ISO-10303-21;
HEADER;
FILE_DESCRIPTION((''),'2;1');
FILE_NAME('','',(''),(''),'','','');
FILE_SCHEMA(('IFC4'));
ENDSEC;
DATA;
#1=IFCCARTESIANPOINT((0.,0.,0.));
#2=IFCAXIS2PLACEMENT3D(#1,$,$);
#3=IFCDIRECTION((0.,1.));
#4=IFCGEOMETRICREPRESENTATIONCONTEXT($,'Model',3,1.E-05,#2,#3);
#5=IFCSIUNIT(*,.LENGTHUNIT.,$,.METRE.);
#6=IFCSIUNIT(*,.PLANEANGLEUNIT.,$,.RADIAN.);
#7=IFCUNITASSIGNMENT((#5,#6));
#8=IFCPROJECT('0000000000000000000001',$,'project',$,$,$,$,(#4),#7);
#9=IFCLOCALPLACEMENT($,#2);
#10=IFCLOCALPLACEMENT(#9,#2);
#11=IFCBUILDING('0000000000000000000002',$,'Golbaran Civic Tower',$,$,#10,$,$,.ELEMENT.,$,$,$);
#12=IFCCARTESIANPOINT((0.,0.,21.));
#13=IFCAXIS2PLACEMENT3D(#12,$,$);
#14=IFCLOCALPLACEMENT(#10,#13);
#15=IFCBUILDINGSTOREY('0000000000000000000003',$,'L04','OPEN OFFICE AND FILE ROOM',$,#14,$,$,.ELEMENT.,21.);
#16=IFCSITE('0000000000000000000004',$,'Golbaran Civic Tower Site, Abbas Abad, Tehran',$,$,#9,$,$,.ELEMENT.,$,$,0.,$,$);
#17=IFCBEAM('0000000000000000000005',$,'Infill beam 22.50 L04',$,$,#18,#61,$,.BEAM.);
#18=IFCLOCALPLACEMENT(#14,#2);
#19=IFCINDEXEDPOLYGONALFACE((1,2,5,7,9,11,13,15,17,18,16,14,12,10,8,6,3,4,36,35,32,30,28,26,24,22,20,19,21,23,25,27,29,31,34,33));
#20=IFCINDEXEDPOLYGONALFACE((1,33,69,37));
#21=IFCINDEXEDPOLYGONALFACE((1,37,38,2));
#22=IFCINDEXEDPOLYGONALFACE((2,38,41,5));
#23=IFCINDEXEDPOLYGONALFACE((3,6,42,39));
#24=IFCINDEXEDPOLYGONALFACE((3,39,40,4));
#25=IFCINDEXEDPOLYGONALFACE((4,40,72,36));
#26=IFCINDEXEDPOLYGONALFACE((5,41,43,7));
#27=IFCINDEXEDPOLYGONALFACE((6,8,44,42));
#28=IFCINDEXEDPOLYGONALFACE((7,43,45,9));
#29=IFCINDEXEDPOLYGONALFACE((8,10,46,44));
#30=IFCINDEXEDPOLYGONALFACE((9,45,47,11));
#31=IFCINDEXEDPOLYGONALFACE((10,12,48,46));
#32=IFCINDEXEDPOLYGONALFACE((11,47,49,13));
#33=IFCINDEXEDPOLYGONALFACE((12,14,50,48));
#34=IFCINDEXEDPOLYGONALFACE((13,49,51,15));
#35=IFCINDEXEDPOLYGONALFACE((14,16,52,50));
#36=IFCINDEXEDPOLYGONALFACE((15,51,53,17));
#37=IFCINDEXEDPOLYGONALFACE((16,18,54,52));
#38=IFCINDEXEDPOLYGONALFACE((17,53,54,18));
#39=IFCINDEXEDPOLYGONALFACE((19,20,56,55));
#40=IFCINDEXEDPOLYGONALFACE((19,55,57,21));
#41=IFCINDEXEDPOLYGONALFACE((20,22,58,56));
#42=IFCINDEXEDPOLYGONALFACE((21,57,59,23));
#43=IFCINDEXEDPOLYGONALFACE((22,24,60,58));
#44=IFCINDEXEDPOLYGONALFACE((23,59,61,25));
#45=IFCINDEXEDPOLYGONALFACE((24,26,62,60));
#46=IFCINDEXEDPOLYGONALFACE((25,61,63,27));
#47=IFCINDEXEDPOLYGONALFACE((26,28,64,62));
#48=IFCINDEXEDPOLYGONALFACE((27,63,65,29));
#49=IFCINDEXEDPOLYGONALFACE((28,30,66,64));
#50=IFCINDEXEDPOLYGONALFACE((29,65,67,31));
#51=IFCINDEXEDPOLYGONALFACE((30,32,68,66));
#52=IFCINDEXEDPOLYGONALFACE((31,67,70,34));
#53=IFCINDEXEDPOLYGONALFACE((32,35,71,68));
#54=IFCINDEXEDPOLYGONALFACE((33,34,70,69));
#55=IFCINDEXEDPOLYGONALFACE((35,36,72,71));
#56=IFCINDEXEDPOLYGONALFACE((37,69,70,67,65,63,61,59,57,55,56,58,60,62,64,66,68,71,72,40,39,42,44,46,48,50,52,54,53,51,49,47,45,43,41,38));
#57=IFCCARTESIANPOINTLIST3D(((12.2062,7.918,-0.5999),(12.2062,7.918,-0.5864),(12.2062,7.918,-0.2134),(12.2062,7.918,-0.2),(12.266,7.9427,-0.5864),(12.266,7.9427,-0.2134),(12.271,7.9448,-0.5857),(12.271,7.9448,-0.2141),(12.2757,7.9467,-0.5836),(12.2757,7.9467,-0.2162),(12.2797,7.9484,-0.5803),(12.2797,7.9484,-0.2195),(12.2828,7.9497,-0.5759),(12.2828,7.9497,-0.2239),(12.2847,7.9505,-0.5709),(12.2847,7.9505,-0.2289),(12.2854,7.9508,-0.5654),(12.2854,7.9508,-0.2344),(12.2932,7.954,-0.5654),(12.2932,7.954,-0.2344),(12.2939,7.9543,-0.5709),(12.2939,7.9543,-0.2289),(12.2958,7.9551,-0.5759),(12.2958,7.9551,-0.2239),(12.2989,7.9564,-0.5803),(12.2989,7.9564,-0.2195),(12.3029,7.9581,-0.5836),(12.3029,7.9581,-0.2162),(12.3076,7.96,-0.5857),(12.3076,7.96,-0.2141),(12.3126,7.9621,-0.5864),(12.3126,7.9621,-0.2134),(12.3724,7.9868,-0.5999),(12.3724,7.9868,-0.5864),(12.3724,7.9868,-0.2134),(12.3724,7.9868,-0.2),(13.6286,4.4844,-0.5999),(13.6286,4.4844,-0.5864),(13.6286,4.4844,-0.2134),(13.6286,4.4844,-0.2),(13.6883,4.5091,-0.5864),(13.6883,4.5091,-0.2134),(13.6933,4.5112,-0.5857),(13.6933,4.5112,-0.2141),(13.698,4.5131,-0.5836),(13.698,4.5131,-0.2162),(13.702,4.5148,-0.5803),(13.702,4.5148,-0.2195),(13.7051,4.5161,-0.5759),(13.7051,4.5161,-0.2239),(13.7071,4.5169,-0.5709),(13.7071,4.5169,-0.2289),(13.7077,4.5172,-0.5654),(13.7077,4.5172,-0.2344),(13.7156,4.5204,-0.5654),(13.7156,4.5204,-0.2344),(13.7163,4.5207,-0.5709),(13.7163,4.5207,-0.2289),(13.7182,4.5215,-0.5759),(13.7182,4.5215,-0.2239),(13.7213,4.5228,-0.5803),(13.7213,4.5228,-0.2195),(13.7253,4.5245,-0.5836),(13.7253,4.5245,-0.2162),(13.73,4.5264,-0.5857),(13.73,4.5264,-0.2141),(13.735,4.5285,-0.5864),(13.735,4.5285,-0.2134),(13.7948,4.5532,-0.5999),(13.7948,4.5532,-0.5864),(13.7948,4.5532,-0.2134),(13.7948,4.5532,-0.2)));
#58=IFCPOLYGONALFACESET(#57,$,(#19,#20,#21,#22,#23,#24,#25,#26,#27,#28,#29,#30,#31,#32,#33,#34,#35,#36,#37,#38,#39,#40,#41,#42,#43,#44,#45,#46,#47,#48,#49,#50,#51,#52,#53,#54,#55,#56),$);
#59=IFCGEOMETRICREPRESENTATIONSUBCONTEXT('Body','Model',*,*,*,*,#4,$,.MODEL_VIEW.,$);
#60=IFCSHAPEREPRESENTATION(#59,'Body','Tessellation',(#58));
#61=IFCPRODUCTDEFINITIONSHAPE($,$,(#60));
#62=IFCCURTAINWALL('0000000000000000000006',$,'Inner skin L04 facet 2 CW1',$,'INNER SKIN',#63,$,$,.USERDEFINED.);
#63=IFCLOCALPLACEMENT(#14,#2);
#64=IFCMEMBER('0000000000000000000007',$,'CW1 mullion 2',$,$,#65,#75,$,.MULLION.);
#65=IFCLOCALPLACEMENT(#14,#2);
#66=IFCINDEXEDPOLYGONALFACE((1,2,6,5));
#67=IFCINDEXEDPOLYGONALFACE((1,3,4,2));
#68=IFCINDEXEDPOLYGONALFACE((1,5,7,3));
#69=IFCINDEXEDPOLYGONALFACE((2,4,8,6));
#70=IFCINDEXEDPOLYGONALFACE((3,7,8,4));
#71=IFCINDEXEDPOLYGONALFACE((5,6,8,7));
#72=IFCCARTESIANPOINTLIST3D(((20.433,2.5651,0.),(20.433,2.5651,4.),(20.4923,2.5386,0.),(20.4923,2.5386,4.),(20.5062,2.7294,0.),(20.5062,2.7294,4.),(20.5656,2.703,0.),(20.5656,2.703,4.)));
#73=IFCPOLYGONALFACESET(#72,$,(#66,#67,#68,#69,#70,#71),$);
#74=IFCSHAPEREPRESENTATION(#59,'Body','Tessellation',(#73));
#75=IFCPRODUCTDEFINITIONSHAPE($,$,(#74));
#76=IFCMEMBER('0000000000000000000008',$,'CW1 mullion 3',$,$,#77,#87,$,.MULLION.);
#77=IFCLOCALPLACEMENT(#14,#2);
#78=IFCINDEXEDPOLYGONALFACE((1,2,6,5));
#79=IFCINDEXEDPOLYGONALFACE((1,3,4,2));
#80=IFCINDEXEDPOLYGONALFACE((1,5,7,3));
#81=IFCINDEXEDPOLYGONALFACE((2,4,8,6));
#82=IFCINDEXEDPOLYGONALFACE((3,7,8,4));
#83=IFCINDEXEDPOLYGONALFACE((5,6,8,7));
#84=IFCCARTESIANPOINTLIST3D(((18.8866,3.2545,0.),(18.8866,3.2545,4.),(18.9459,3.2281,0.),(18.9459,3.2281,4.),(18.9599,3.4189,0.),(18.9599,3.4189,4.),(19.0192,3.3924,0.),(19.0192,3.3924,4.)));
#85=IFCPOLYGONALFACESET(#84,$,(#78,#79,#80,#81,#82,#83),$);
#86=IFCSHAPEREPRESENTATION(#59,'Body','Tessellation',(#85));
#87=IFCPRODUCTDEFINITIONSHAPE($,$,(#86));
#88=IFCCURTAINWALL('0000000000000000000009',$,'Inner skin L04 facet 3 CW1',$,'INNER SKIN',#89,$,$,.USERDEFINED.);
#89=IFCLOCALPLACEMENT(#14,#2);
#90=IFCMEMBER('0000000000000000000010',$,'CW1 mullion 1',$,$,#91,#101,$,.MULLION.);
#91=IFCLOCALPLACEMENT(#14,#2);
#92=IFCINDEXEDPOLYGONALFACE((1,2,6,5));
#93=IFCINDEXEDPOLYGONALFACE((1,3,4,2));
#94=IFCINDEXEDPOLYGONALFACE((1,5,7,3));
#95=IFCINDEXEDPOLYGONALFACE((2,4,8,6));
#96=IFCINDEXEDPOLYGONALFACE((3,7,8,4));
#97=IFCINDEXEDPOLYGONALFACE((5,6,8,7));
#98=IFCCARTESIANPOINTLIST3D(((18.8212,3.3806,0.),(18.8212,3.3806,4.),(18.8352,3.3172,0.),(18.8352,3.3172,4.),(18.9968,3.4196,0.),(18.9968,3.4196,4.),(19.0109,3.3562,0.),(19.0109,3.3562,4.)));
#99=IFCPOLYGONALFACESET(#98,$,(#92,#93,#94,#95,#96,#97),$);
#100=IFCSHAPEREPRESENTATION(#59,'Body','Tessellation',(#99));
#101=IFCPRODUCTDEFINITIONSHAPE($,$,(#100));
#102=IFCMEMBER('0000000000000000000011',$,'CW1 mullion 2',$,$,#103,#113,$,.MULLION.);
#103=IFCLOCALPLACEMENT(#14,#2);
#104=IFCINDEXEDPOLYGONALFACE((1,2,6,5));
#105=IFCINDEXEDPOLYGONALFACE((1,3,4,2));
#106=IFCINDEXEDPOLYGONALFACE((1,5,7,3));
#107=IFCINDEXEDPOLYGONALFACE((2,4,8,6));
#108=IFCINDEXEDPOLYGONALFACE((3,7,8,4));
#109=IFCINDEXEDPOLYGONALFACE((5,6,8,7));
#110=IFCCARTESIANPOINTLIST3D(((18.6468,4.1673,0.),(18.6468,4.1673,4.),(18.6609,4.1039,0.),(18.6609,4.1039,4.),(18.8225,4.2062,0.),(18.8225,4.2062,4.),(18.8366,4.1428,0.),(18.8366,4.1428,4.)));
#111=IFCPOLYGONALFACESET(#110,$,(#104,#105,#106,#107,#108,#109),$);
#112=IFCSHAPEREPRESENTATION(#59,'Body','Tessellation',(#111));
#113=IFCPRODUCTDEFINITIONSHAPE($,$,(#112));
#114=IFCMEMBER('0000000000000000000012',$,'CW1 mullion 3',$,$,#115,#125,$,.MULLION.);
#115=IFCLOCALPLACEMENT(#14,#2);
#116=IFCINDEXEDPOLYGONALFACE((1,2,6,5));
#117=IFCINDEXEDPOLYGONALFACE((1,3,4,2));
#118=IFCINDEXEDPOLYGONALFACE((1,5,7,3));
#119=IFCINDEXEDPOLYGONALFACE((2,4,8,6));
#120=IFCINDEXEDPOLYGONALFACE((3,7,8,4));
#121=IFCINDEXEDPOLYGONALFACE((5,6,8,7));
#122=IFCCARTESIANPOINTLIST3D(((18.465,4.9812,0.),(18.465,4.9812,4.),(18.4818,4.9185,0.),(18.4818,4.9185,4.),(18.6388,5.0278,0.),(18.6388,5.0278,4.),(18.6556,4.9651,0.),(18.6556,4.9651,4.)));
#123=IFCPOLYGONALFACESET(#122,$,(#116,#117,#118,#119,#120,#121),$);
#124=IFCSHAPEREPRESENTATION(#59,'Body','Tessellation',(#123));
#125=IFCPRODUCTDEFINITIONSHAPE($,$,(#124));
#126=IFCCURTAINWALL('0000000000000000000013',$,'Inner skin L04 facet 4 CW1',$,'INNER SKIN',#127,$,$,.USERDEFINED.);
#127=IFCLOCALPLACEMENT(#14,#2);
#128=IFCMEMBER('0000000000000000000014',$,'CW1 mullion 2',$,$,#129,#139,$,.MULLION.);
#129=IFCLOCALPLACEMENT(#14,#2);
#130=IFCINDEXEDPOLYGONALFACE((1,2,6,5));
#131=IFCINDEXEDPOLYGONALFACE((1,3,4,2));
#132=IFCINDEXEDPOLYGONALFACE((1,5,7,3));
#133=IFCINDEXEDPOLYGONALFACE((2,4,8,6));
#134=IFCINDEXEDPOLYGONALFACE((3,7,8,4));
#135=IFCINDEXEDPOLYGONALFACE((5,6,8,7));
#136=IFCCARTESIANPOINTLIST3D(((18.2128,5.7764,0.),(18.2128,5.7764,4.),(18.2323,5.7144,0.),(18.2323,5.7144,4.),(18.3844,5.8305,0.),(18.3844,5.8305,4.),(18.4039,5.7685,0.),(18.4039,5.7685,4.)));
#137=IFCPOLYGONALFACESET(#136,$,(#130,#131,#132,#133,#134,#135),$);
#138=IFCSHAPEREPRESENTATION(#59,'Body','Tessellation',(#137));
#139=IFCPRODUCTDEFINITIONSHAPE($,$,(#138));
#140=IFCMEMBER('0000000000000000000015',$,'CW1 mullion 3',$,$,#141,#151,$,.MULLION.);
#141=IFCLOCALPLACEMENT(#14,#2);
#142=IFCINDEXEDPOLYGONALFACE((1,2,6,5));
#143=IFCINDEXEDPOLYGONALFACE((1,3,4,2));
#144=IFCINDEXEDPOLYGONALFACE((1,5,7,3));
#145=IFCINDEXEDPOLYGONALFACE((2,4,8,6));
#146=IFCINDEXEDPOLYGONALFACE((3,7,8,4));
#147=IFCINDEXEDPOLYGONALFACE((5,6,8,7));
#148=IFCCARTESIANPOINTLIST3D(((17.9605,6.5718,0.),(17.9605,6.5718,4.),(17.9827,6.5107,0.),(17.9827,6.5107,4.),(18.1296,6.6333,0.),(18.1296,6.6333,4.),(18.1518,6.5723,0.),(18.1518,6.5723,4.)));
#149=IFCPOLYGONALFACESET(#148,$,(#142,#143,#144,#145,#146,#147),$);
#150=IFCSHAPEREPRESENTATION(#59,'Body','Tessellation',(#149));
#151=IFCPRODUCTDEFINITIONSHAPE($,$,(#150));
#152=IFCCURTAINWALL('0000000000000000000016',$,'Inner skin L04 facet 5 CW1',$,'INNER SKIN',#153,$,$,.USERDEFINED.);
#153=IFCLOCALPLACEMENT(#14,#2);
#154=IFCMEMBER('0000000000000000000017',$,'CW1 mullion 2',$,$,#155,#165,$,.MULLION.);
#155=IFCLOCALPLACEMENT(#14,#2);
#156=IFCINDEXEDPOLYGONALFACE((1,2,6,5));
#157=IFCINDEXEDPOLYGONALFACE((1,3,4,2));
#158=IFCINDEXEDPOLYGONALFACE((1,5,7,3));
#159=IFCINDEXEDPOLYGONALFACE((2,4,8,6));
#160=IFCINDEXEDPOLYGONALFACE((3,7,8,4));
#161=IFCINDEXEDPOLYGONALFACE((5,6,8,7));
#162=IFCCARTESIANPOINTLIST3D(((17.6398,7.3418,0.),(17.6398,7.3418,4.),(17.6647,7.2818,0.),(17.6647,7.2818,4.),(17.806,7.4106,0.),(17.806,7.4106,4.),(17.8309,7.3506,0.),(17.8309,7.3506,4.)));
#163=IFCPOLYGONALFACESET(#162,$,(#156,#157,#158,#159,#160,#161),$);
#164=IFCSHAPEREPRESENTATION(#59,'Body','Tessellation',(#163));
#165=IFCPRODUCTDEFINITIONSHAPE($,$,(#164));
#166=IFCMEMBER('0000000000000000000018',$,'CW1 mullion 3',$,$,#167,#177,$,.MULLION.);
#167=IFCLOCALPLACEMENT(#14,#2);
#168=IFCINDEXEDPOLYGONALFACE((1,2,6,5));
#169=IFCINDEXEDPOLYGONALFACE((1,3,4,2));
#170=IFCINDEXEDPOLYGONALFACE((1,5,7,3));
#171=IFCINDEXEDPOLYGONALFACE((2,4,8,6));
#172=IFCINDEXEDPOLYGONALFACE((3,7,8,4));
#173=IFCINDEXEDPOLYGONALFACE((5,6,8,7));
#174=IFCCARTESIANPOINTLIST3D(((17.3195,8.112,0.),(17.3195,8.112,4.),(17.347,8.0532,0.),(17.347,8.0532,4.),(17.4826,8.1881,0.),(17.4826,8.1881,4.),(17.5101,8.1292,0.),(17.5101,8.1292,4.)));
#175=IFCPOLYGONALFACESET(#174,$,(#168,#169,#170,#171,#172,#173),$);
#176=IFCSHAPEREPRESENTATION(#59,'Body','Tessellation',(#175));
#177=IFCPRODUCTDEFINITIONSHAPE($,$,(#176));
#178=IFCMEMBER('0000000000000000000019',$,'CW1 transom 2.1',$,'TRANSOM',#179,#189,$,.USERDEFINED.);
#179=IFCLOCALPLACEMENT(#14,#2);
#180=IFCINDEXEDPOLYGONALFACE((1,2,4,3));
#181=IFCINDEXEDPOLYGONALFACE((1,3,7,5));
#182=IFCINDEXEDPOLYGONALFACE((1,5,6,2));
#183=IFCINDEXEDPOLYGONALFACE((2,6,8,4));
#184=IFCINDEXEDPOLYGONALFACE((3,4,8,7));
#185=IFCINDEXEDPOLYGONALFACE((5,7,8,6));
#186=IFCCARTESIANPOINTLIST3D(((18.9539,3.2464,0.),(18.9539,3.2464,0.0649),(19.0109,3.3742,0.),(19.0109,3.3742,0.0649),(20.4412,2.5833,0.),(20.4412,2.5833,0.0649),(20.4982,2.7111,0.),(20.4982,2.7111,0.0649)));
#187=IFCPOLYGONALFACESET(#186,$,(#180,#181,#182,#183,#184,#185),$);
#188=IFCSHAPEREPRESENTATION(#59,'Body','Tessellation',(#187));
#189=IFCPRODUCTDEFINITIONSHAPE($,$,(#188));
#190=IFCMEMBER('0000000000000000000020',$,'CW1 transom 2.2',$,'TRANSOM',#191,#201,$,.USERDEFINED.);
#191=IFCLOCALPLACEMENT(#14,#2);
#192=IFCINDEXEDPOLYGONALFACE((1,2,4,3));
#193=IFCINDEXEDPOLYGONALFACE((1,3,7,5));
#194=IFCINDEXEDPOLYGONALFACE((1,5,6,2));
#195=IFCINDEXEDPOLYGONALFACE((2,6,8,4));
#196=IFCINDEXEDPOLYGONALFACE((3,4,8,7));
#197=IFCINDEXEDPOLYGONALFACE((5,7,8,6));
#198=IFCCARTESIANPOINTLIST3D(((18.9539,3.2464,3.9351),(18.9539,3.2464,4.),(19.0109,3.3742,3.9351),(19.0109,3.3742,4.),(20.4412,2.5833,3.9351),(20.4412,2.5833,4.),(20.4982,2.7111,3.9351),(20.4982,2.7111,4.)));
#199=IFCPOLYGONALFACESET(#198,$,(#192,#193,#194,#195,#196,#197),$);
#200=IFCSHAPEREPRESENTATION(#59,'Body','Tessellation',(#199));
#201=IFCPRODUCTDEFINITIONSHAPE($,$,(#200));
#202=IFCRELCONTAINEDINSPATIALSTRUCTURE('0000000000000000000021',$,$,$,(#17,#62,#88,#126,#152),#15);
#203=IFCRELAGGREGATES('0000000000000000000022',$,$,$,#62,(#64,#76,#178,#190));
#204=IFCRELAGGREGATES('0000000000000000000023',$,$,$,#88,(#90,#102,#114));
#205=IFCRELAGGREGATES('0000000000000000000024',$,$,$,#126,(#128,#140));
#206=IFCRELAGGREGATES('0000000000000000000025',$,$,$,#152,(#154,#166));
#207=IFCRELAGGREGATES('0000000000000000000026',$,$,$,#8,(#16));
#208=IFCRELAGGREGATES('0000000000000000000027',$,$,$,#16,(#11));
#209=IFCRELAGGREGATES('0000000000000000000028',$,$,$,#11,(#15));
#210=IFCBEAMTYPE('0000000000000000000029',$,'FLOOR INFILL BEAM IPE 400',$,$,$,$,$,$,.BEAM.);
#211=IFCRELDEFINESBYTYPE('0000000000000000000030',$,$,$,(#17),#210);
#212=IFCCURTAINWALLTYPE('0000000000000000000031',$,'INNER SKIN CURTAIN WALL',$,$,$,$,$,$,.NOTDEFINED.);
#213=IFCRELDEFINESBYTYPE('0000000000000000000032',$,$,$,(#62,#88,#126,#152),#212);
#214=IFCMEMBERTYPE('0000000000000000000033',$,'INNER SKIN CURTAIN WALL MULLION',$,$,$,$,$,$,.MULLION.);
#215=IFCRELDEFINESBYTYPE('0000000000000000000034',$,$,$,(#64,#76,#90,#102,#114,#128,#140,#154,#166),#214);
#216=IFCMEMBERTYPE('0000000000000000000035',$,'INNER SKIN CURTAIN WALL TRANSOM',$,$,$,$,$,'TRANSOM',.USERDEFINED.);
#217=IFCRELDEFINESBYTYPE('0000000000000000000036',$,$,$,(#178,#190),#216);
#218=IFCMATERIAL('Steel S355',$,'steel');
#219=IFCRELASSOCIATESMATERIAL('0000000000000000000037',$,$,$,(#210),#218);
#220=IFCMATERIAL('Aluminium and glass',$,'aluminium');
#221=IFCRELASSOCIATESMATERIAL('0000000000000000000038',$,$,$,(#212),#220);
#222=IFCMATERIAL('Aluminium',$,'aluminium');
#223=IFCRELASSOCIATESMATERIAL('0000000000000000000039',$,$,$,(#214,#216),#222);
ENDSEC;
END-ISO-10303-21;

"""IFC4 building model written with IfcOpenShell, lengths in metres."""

from ifc_helpers import new_model, si_unit, direction, frame, origin, origin_2d, place, context, subcontext, project, spatial, rectangle, i_section, extrude, material, material_profile, profile_set, type_object, element, aggregate, save


model = new_model("IFC4")

# Units and contexts
model_context = context("Model", 3, precision=1e-05, world=origin(), true_north=direction((0.0, 1.0)))
body_context = subcontext(model_context, "Body", "Model", "MODEL_VIEW")
ifc_project = project(units=[si_unit("LENGTHUNIT", "METRE"), si_unit("PLANEANGLEUNIT", "RADIAN")], contexts=[model_context])

# Site, building, storey
site_placement = place(None, origin())
site = spatial("IfcSite", under=ifc_project, at=site_placement, Name="Golbaran Civic Tower Site, Abbas Abad, Tehran", CompositionType="ELEMENT", RefElevation=0.0)
building_placement = place(site_placement, origin())
building = spatial("IfcBuilding", under=site, at=building_placement, Name="Golbaran Civic Tower", CompositionType="ELEMENT")
storey_placement = place(building_placement, frame((0.0, 0.0, 21.0)))
storey = spatial("IfcBuildingStorey", under=building, at=storey_placement, Name="L04", Description="OPEN OFFICE AND FILE ROOM", CompositionType="ELEMENT", Elevation=21.0)

# Beam
ifc_material_1 = material(Name="Steel S355", Category="steel")
ifc_material_profile_1 = material_profile(ifc_material_1, i_section(OverallWidth=0.1799, OverallDepth=0.3999, WebThickness=0.0085, FlangeThickness=0.0134, FilletRadius=0.021, at=origin_2d()), Name="IPE 400")
ifc_profile_set_1 = profile_set([ifc_material_profile_1], Name="Steel S355")
beam_type = type_object("IfcBeamType", Name="FLOOR INFILL BEAM IPE 400", PredefinedType="BEAM", material=ifc_profile_set_1)
beam_placement = place(storey_placement, frame((13.7117, 4.5188, -0.3999), z_axis=(-0.382711, 0.923868, 0.0), x_axis=(-0.923868, -0.382711, 0.0)))
element("IfcBeam", 1, at=beam_placement, inside=storey, type_object=beam_type, Name="Infill beam 22.50 L04", PredefinedType="BEAM", context=body_context, shape_type="SweptSolid", body=[
    extrude(i_section(OverallWidth=0.1799, OverallDepth=0.3999, WebThickness=0.0085, FlangeThickness=0.0134, FilletRadius=0.021, at=origin_2d()), origin(), (0.0, 0.0, 1.0), 3.7166),
])

# Curtain walls, members
ifc_material_2 = material(Name="Aluminium and glass", Category="aluminium")
curtain_wall_type = type_object("IfcCurtainWallType", Name="INNER SKIN CURTAIN WALL", PredefinedType="NOTDEFINED", material=ifc_material_2)
curtain_wall_1_placement = place(storey_placement, origin())
curtain_wall_1 = element("IfcCurtainWall", 2, at=curtain_wall_1_placement, inside=storey, type_object=curtain_wall_type, Name="Inner skin L04 facet 2 CW1", ObjectType="INNER SKIN", PredefinedType="USERDEFINED")
ifc_material_3 = material(Name="Aluminium", Category="aluminium")
ifc_material_profile_2 = material_profile(ifc_material_3, rectangle(XDim=0.1799, YDim=0.0649, at=origin_2d()), Name="INNER SKIN CURTAIN WALL MULLION")
ifc_profile_set_2 = profile_set([ifc_material_profile_2], Name="Aluminium")
member_type_1 = type_object("IfcMemberType", Name="INNER SKIN CURTAIN WALL MULLION", PredefinedType="MULLION", material=ifc_profile_set_2)
member_1_placement = place(storey_placement, frame((20.4993, 2.634, 0.0), z_axis=(0.0, 0.0, 1.0), x_axis=(-0.407136, -0.913367, 0.0)))
member_1 = element("IfcMember", 3, at=member_1_placement, type_object=member_type_1, Name="CW1 mullion 2", PredefinedType="MULLION", context=body_context, shape_type="SweptSolid", body=[
    extrude(rectangle(XDim=0.1799, YDim=0.0649, at=origin_2d()), origin(), (0.0, 0.0, 1.0), 4.0),
])
member_2_placement = place(storey_placement, frame((18.9529, 3.3235, 0.0), z_axis=(0.0, 0.0, 1.0), x_axis=(-0.407136, -0.913367, 0.0)))
member_2 = element("IfcMember", 4, at=member_2_placement, type_object=member_type_1, Name="CW1 mullion 3", PredefinedType="MULLION", context=body_context, shape_type="SweptSolid", body=[
    extrude(rectangle(XDim=0.1799, YDim=0.0649, at=origin_2d()), origin(), (0.0, 0.0, 1.0), 4.0),
])
curtain_wall_2_placement = place(storey_placement, origin())
curtain_wall_2 = element("IfcCurtainWall", 5, at=curtain_wall_2_placement, inside=storey, type_object=curtain_wall_type, Name="Inner skin L04 facet 3 CW1", ObjectType="INNER SKIN", PredefinedType="USERDEFINED")
member_3_placement = place(storey_placement, frame((18.916, 3.3684, 0.0), z_axis=(0.0, 0.0, 1.0), x_axis=(-0.976296, -0.21644, 0.0)))
member_3 = element("IfcMember", 6, at=member_3_placement, type_object=member_type_1, Name="CW1 mullion 1", PredefinedType="MULLION", context=body_context, shape_type="SweptSolid", body=[
    extrude(rectangle(XDim=0.1799, YDim=0.0649, at=origin_2d()), origin(), (0.0, 0.0, 1.0), 4.0),
])
member_4_placement = place(storey_placement, frame((18.7417, 4.155, 0.0), z_axis=(0.0, 0.0, 1.0), x_axis=(-0.976296, -0.21644, 0.0)))
member_4 = element("IfcMember", 7, at=member_4_placement, type_object=member_type_1, Name="CW1 mullion 2", PredefinedType="MULLION", context=body_context, shape_type="SweptSolid", body=[
    extrude(rectangle(XDim=0.1799, YDim=0.0649, at=origin_2d()), origin(), (0.0, 0.0, 1.0), 4.0),
])
member_5_placement = place(storey_placement, frame((18.5603, 4.9731, 0.0), z_axis=(0.0, 0.0, 1.0), x_axis=(-0.965926, -0.258819, 0.0)))
member_5 = element("IfcMember", 8, at=member_5_placement, type_object=member_type_1, Name="CW1 mullion 3", PredefinedType="MULLION", context=body_context, shape_type="SweptSolid", body=[
    extrude(rectangle(XDim=0.1799, YDim=0.0649, at=origin_2d()), origin(), (0.0, 0.0, 1.0), 4.0),
])
curtain_wall_3_placement = place(storey_placement, origin())
curtain_wall_3 = element("IfcCurtainWall", 9, at=curtain_wall_3_placement, inside=storey, type_object=curtain_wall_type, Name="Inner skin L04 facet 4 CW1", ObjectType="INNER SKIN", PredefinedType="USERDEFINED")
member_6_placement = place(storey_placement, frame((18.3083, 5.7725, 0.0), z_axis=(0.0, 0.0, 1.0), x_axis=(-0.953717, -0.300706, 0.0)))
member_6 = element("IfcMember", 10, at=member_6_placement, type_object=member_type_1, Name="CW1 mullion 2", PredefinedType="MULLION", context=body_context, shape_type="SweptSolid", body=[
    extrude(rectangle(XDim=0.1799, YDim=0.0649, at=origin_2d()), origin(), (0.0, 0.0, 1.0), 4.0),
])
member_7_placement = place(storey_placement, frame((18.0562, 6.572, 0.0), z_axis=(0.0, 0.0, 1.0), x_axis=(-0.939693, -0.34202, 0.0)))
member_7 = element("IfcMember", 11, at=member_7_placement, type_object=member_type_1, Name="CW1 mullion 3", PredefinedType="MULLION", context=body_context, shape_type="SweptSolid", body=[
    extrude(rectangle(XDim=0.1799, YDim=0.0649, at=origin_2d()), origin(), (0.0, 0.0, 1.0), 4.0),
])
curtain_wall_4_placement = place(storey_placement, origin())
curtain_wall_4 = element("IfcCurtainWall", 12, at=curtain_wall_4_placement, inside=storey, type_object=curtain_wall_type, Name="Inner skin L04 facet 5 CW1", ObjectType="INNER SKIN", PredefinedType="USERDEFINED")
member_8_placement = place(storey_placement, frame((17.7354, 7.3462, 0.0), z_axis=(0.0, 0.0, 1.0), x_axis=(-0.92388, -0.382683, 0.0)))
member_8 = element("IfcMember", 13, at=member_8_placement, type_object=member_type_1, Name="CW1 mullion 2", PredefinedType="MULLION", context=body_context, shape_type="SweptSolid", body=[
    extrude(rectangle(XDim=0.1799, YDim=0.0649, at=origin_2d()), origin(), (0.0, 0.0, 1.0), 4.0),
])
member_9_placement = place(storey_placement, frame((17.4148, 8.1206, 0.0), z_axis=(0.0, 0.0, 1.0), x_axis=(-0.906308, -0.422618, 0.0)))
member_9 = element("IfcMember", 14, at=member_9_placement, type_object=member_type_1, Name="CW1 mullion 3", PredefinedType="MULLION", context=body_context, shape_type="SweptSolid", body=[
    extrude(rectangle(XDim=0.1799, YDim=0.0649, at=origin_2d()), origin(), (0.0, 0.0, 1.0), 4.0),
])

# Members
ifc_material_profile_3 = material_profile(ifc_material_3, rectangle(XDim=0.1399, YDim=0.0649, at=origin_2d()), Name="INNER SKIN CURTAIN WALL TRANSOM")
ifc_profile_set_3 = profile_set([ifc_material_profile_3], Name="Aluminium")
member_type_2 = type_object("IfcMemberType", Name="INNER SKIN CURTAIN WALL TRANSOM", ElementType="TRANSOM", PredefinedType="USERDEFINED", material=ifc_profile_set_3)
member_10_placement = place(storey_placement, frame((20.4697, 2.6472, 0.0325), z_axis=(-0.913341, 0.407195, 0.0), x_axis=(-0.407195, -0.913341, 0.0)))
member_10 = element("IfcMember", 15, at=member_10_placement, type_object=member_type_2, Name="CW1 transom 2.1", ObjectType="TRANSOM", PredefinedType="USERDEFINED", context=body_context, shape_type="SweptSolid", body=[
    extrude(rectangle(XDim=0.1399, YDim=0.0649, at=origin_2d()), origin(), (0.0, 0.0, 1.0), 1.6284),
])
member_11_placement = place(storey_placement, frame((20.4697, 2.6472, 3.9675), z_axis=(-0.913341, 0.407195, 0.0), x_axis=(-0.407195, -0.913341, 0.0)))
member_11 = element("IfcMember", 16, at=member_11_placement, type_object=member_type_2, Name="CW1 transom 2.2", ObjectType="TRANSOM", PredefinedType="USERDEFINED", context=body_context, shape_type="SweptSolid", body=[
    extrude(rectangle(XDim=0.1399, YDim=0.0649, at=origin_2d()), origin(), (0.0, 0.0, 1.0), 1.6284),
])

aggregate(curtain_wall_1, [member_1, member_2, member_10, member_11])
aggregate(curtain_wall_2, [member_3, member_4, member_5])
aggregate(curtain_wall_3, [member_6, member_7])
aggregate(curtain_wall_4, [member_8, member_9])

save(model, "model.ifc")
